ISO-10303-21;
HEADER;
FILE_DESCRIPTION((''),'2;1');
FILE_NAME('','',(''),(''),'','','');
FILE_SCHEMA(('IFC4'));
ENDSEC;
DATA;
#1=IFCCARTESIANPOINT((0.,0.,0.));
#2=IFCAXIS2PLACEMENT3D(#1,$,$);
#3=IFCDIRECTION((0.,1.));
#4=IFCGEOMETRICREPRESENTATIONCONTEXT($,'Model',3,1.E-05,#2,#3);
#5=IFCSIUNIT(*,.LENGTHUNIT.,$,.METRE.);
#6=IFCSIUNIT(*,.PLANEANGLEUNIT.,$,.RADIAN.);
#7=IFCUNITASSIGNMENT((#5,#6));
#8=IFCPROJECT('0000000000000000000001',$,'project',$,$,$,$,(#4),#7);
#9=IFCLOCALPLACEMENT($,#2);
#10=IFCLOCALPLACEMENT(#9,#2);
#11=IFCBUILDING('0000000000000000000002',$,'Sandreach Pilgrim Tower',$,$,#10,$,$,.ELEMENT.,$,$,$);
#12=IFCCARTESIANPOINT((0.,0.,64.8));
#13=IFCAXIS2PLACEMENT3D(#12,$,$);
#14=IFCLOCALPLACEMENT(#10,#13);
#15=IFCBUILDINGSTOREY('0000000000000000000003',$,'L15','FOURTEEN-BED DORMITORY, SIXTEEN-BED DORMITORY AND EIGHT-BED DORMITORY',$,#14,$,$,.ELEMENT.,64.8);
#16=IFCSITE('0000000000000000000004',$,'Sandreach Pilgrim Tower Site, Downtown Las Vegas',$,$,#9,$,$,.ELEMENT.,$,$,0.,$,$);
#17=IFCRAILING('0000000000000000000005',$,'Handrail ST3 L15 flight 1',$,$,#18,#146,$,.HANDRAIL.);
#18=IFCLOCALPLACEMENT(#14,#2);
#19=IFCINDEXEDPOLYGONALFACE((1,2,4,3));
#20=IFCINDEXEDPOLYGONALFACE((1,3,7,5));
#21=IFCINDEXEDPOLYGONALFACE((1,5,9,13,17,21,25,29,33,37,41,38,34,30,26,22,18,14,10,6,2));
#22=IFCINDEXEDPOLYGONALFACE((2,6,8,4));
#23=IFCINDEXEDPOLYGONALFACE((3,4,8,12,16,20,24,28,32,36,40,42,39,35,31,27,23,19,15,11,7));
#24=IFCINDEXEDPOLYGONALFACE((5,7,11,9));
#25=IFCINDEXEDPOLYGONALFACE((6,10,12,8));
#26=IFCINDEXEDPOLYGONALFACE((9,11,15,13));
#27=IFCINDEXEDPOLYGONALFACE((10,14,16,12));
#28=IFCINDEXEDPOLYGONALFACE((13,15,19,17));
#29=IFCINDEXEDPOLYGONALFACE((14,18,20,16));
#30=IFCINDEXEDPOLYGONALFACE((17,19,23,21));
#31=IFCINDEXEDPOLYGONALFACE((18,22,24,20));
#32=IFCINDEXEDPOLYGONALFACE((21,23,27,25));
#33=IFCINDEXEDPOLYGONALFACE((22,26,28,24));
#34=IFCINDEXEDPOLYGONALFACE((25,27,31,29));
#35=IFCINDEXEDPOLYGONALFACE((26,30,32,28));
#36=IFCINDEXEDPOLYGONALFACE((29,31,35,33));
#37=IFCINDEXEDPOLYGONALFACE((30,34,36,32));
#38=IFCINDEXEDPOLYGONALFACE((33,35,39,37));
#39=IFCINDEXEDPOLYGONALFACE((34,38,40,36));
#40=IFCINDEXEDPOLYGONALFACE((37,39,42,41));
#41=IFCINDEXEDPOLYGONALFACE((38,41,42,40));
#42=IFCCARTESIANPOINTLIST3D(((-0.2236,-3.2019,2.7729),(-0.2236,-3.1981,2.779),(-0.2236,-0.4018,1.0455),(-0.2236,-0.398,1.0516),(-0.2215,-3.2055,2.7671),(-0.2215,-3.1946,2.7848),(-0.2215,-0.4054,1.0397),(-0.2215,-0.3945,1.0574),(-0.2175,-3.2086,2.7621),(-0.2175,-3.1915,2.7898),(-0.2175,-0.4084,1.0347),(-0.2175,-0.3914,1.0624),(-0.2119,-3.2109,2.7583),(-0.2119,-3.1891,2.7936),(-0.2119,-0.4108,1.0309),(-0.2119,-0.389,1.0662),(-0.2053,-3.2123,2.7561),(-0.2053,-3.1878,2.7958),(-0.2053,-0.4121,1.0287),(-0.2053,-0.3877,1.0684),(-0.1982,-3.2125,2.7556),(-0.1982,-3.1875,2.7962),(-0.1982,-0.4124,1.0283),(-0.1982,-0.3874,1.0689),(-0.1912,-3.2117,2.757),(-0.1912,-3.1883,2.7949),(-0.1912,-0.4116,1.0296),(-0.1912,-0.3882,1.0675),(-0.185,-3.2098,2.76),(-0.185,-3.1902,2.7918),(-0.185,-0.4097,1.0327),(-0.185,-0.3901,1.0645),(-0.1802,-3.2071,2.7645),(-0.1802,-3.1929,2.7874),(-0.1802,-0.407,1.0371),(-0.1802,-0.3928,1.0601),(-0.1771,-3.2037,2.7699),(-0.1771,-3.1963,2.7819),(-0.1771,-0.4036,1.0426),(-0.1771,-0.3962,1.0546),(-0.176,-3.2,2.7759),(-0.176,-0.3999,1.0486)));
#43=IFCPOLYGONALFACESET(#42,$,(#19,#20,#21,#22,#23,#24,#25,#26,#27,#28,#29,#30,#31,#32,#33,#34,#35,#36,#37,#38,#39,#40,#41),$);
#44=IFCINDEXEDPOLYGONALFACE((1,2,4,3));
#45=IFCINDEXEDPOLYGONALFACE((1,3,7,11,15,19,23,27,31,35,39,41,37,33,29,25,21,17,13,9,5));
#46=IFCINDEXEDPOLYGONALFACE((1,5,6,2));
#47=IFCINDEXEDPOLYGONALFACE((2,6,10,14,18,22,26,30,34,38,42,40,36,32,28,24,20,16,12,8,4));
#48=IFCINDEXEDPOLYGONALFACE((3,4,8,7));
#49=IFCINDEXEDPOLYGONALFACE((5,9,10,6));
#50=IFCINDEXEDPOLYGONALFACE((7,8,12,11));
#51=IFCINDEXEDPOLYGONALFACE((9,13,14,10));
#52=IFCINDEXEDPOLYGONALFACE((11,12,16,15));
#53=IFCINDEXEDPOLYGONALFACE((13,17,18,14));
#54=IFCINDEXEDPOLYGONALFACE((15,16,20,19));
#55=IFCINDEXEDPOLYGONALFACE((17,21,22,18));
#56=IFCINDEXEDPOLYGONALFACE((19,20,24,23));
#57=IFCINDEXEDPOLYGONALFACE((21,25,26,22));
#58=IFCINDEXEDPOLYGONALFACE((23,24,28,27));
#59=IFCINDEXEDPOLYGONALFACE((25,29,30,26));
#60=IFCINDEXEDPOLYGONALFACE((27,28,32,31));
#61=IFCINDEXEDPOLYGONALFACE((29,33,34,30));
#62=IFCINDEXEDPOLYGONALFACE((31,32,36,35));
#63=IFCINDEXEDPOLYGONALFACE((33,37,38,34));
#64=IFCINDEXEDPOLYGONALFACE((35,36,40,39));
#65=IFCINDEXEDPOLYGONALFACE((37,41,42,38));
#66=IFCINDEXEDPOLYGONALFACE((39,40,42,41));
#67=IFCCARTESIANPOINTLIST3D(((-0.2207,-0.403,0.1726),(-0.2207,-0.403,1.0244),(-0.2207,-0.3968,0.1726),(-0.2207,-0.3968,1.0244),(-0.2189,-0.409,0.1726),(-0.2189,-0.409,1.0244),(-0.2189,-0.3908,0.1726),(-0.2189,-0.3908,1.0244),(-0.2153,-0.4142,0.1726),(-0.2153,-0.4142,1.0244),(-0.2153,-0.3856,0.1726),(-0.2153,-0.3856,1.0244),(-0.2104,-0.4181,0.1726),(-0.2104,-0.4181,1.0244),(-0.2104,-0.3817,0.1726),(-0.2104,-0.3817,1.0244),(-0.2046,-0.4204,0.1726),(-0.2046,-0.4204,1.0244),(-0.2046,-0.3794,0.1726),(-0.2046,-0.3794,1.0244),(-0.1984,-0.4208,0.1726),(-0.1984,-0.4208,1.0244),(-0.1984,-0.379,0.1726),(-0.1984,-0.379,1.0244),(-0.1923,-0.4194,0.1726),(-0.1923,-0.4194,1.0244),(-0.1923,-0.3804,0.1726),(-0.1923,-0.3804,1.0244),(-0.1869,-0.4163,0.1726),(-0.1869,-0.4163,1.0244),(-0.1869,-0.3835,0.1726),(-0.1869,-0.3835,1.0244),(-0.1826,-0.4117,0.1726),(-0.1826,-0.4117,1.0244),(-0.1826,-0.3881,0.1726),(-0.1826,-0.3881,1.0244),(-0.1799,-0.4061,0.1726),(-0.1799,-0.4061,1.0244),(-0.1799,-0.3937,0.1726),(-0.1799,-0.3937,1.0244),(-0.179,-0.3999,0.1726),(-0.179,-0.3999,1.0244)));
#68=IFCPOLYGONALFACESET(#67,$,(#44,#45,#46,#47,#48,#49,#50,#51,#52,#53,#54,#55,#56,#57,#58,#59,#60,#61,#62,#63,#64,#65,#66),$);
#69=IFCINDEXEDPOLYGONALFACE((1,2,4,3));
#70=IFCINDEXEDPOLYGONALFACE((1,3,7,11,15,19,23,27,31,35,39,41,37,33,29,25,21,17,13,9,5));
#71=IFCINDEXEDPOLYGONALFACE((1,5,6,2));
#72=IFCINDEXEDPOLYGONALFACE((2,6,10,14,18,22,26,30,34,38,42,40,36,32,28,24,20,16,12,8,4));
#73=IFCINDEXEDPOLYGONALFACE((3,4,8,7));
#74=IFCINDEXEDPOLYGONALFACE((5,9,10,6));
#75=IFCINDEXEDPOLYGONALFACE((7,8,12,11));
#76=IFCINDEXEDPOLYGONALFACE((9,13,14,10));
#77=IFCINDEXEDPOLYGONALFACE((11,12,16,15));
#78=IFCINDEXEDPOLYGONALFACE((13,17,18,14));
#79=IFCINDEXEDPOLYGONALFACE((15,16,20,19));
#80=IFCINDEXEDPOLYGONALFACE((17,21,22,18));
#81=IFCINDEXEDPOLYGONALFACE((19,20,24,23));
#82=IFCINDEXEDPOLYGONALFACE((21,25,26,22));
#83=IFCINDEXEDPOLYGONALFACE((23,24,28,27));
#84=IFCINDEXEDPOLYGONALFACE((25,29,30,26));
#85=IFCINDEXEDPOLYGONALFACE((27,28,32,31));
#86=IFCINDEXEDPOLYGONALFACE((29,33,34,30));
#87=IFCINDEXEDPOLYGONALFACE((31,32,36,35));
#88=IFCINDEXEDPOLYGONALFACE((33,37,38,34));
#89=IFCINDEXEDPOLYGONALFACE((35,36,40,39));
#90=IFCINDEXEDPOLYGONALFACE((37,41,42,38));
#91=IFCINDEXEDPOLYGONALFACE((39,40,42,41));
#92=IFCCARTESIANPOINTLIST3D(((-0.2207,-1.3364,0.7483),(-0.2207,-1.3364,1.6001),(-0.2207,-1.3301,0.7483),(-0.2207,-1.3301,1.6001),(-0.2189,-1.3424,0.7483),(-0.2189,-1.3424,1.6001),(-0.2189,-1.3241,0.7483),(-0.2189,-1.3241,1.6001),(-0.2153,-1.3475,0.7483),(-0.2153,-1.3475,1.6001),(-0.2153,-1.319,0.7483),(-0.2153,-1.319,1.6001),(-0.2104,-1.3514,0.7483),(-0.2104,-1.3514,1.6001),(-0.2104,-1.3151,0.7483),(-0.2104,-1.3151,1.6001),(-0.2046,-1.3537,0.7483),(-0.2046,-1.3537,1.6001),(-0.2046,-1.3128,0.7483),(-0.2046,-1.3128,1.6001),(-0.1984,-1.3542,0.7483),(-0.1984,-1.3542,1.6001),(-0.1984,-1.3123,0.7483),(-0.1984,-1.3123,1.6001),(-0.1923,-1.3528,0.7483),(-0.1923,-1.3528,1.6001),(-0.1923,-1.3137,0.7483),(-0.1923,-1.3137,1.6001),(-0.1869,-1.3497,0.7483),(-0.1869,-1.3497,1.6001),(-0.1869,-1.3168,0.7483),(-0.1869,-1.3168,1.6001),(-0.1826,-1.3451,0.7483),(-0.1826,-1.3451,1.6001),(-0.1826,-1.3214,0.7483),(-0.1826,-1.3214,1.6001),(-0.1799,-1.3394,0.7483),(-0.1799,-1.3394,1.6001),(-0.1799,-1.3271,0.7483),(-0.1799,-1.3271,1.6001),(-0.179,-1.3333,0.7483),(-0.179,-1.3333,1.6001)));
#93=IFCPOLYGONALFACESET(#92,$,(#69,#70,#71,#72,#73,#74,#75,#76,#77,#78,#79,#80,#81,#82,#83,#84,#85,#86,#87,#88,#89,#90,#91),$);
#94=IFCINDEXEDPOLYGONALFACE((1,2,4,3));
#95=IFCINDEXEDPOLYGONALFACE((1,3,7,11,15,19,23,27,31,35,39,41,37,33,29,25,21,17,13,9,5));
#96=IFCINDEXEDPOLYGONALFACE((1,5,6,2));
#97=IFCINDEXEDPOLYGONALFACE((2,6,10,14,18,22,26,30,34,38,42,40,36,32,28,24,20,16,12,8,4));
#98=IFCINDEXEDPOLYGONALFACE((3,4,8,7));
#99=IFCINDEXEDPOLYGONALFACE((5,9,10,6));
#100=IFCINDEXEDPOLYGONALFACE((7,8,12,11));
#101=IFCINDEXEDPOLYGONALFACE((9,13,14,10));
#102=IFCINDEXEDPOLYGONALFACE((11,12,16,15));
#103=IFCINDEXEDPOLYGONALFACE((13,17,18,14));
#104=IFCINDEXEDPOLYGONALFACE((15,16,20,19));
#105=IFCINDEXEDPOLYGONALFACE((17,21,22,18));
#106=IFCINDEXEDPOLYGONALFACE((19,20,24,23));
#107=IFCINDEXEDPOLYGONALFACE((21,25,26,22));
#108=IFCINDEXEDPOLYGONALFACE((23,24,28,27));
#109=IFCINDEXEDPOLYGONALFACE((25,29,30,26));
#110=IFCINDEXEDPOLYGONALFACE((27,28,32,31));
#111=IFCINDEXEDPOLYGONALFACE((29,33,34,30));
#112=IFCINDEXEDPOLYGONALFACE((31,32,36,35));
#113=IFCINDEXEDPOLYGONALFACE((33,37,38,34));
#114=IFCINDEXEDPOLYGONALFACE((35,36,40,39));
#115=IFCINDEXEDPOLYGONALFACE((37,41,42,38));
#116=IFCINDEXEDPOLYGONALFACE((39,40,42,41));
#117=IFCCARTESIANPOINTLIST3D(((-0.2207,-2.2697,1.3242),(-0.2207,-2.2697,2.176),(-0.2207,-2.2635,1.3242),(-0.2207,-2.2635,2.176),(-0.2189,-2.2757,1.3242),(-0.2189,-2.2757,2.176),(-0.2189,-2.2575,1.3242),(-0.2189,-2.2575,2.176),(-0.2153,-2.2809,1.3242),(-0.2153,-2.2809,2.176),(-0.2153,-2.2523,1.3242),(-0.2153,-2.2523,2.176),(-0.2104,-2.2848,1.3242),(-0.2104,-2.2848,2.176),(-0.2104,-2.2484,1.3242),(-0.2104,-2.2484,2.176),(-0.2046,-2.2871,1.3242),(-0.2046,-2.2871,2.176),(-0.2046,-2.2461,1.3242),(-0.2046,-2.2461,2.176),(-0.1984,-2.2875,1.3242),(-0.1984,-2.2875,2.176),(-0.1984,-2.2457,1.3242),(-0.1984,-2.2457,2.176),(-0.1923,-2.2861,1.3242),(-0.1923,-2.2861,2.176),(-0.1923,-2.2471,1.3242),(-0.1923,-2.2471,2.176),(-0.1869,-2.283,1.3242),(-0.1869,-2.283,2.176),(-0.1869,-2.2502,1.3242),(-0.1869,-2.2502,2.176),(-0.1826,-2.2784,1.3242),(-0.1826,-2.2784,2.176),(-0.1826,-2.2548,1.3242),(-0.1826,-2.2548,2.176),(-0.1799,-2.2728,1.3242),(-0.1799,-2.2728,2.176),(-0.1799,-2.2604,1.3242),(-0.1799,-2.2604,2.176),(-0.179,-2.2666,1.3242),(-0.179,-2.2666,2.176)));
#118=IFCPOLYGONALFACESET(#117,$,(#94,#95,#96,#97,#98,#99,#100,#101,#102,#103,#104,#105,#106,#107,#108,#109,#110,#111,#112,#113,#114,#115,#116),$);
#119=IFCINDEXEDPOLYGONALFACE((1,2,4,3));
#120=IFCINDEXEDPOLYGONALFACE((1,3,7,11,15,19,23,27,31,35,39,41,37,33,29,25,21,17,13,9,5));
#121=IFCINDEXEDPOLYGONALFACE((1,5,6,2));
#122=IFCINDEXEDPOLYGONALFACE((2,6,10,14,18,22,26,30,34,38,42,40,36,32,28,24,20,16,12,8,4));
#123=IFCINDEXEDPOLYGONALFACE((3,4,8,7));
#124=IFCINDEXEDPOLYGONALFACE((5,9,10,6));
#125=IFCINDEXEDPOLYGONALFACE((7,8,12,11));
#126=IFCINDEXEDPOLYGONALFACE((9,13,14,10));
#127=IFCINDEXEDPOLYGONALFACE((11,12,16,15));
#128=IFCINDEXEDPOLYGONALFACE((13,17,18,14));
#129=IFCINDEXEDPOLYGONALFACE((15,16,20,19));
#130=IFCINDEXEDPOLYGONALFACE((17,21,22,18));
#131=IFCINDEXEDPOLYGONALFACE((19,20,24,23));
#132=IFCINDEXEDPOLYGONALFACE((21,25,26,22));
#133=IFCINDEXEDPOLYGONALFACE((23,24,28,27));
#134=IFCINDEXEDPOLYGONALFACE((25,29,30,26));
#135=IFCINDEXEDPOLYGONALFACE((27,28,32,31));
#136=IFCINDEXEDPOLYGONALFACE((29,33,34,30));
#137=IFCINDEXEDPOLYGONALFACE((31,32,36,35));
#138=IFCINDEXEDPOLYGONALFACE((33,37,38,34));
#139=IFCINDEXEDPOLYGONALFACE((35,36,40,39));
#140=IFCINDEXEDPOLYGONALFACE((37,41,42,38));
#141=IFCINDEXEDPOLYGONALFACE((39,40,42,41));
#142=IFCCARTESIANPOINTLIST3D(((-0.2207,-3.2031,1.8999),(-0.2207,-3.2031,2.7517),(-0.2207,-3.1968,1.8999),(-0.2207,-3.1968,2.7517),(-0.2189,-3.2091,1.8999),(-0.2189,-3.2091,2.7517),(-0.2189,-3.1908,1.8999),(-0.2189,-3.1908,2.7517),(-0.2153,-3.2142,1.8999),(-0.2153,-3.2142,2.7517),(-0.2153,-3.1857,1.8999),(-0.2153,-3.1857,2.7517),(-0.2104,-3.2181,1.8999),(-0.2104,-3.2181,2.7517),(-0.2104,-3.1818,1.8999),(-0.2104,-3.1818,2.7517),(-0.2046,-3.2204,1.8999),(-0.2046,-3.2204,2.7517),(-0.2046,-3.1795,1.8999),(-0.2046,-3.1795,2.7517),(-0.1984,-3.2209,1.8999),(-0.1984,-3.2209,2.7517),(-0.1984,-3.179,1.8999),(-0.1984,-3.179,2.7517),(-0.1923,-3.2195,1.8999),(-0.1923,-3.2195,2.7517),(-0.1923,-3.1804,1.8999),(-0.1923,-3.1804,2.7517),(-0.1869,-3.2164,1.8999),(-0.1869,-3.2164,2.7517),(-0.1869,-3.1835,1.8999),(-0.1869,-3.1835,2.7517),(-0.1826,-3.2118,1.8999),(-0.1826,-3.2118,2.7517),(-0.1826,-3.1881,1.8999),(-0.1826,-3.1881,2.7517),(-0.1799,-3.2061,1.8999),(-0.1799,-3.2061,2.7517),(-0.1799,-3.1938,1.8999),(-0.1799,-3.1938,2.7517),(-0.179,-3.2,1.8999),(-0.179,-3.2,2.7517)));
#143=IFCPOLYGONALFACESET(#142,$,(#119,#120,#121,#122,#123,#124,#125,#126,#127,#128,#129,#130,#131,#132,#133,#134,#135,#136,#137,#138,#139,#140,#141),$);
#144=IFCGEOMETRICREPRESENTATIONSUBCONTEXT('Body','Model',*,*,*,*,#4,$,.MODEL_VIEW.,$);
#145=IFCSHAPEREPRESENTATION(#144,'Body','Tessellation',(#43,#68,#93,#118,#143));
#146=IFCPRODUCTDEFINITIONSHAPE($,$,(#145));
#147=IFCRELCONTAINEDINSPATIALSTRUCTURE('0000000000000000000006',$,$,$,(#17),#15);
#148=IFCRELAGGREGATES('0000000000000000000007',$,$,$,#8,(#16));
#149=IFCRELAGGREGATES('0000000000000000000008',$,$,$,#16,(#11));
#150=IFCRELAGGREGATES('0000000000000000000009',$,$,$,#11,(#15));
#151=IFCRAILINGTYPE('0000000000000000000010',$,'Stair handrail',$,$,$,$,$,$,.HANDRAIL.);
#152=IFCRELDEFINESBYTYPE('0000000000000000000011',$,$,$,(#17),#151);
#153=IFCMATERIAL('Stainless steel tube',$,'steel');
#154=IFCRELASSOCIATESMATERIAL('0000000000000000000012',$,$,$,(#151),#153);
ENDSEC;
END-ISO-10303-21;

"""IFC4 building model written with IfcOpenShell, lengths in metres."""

from ifc_helpers import new_model, si_unit, direction, frame, origin, origin_2d, place, context, subcontext, project, spatial, circle, extrude, material, type_object, element, save


model = new_model("IFC4")

# Units and contexts
model_context = context("Model", 3, precision=1e-05, world=origin(), true_north=direction((0.0, 1.0)))
body_context = subcontext(model_context, "Body", "Model", "MODEL_VIEW")
ifc_project = project(units=[si_unit("LENGTHUNIT", "METRE"), si_unit("PLANEANGLEUNIT", "RADIAN")], contexts=[model_context])

# Site, building, storey
site_placement = place(None, origin())
site = spatial("IfcSite", under=ifc_project, at=site_placement, Name="Sandreach Pilgrim Tower Site, Downtown Las Vegas", CompositionType="ELEMENT", RefElevation=0.0)
building_placement = place(site_placement, origin())
building = spatial("IfcBuilding", under=site, at=building_placement, Name="Sandreach Pilgrim Tower", CompositionType="ELEMENT")
storey_placement = place(building_placement, frame((0.0, 0.0, 64.8)))
storey = spatial("IfcBuildingStorey", under=building, at=storey_placement, Name="L15", Description="FOURTEEN-BED DORMITORY, SIXTEEN-BED DORMITORY AND EIGHT-BED DORMITORY", CompositionType="ELEMENT", Elevation=64.8)

# Railing
ifc_material_1 = material(Name="Stainless steel tube", Category="steel")
railing_type = type_object("IfcRailingType", Name="Stair handrail", PredefinedType="HANDRAIL", material=ifc_material_1)
for number, where, name in (
    (1, (-0.2, -0.3999, 0.1726), "Handrail ST3 L15 flight 1"),
):
    element("IfcRailing", number, at=place(storey_placement, frame(where)), inside=storey, type_object=railing_type, Name=name, PredefinedType="HANDRAIL", context=body_context, shape_type="SweptSolid", body=[
        extrude(circle(Radius=0.0239, at=origin_2d()), frame((0.0, 0.0, 0.876), z_axis=(0.0, -0.85109, 0.52502), x_axis=(1.0, 0.0, 0.0)), (0.0, 0.0, 1.0), 3.29),
        extrude(circle(Radius=0.021, at=origin_2d()), origin(), (0.0, 0.0, 1.0), 0.8518),
        extrude(circle(Radius=0.021, at=origin_2d()), frame((0.0, -0.9333, 0.5757)), (0.0, 0.0, 1.0), 0.8518),
        extrude(circle(Radius=0.021, at=origin_2d()), frame((0.0, -1.8667, 1.1516)), (0.0, 0.0, 1.0), 0.8518),
        extrude(circle(Radius=0.021, at=origin_2d()), frame((0.0, -2.8, 1.7273)), (0.0, 0.0, 1.0), 0.8518),
    ])

save(model, "model.ifc")
